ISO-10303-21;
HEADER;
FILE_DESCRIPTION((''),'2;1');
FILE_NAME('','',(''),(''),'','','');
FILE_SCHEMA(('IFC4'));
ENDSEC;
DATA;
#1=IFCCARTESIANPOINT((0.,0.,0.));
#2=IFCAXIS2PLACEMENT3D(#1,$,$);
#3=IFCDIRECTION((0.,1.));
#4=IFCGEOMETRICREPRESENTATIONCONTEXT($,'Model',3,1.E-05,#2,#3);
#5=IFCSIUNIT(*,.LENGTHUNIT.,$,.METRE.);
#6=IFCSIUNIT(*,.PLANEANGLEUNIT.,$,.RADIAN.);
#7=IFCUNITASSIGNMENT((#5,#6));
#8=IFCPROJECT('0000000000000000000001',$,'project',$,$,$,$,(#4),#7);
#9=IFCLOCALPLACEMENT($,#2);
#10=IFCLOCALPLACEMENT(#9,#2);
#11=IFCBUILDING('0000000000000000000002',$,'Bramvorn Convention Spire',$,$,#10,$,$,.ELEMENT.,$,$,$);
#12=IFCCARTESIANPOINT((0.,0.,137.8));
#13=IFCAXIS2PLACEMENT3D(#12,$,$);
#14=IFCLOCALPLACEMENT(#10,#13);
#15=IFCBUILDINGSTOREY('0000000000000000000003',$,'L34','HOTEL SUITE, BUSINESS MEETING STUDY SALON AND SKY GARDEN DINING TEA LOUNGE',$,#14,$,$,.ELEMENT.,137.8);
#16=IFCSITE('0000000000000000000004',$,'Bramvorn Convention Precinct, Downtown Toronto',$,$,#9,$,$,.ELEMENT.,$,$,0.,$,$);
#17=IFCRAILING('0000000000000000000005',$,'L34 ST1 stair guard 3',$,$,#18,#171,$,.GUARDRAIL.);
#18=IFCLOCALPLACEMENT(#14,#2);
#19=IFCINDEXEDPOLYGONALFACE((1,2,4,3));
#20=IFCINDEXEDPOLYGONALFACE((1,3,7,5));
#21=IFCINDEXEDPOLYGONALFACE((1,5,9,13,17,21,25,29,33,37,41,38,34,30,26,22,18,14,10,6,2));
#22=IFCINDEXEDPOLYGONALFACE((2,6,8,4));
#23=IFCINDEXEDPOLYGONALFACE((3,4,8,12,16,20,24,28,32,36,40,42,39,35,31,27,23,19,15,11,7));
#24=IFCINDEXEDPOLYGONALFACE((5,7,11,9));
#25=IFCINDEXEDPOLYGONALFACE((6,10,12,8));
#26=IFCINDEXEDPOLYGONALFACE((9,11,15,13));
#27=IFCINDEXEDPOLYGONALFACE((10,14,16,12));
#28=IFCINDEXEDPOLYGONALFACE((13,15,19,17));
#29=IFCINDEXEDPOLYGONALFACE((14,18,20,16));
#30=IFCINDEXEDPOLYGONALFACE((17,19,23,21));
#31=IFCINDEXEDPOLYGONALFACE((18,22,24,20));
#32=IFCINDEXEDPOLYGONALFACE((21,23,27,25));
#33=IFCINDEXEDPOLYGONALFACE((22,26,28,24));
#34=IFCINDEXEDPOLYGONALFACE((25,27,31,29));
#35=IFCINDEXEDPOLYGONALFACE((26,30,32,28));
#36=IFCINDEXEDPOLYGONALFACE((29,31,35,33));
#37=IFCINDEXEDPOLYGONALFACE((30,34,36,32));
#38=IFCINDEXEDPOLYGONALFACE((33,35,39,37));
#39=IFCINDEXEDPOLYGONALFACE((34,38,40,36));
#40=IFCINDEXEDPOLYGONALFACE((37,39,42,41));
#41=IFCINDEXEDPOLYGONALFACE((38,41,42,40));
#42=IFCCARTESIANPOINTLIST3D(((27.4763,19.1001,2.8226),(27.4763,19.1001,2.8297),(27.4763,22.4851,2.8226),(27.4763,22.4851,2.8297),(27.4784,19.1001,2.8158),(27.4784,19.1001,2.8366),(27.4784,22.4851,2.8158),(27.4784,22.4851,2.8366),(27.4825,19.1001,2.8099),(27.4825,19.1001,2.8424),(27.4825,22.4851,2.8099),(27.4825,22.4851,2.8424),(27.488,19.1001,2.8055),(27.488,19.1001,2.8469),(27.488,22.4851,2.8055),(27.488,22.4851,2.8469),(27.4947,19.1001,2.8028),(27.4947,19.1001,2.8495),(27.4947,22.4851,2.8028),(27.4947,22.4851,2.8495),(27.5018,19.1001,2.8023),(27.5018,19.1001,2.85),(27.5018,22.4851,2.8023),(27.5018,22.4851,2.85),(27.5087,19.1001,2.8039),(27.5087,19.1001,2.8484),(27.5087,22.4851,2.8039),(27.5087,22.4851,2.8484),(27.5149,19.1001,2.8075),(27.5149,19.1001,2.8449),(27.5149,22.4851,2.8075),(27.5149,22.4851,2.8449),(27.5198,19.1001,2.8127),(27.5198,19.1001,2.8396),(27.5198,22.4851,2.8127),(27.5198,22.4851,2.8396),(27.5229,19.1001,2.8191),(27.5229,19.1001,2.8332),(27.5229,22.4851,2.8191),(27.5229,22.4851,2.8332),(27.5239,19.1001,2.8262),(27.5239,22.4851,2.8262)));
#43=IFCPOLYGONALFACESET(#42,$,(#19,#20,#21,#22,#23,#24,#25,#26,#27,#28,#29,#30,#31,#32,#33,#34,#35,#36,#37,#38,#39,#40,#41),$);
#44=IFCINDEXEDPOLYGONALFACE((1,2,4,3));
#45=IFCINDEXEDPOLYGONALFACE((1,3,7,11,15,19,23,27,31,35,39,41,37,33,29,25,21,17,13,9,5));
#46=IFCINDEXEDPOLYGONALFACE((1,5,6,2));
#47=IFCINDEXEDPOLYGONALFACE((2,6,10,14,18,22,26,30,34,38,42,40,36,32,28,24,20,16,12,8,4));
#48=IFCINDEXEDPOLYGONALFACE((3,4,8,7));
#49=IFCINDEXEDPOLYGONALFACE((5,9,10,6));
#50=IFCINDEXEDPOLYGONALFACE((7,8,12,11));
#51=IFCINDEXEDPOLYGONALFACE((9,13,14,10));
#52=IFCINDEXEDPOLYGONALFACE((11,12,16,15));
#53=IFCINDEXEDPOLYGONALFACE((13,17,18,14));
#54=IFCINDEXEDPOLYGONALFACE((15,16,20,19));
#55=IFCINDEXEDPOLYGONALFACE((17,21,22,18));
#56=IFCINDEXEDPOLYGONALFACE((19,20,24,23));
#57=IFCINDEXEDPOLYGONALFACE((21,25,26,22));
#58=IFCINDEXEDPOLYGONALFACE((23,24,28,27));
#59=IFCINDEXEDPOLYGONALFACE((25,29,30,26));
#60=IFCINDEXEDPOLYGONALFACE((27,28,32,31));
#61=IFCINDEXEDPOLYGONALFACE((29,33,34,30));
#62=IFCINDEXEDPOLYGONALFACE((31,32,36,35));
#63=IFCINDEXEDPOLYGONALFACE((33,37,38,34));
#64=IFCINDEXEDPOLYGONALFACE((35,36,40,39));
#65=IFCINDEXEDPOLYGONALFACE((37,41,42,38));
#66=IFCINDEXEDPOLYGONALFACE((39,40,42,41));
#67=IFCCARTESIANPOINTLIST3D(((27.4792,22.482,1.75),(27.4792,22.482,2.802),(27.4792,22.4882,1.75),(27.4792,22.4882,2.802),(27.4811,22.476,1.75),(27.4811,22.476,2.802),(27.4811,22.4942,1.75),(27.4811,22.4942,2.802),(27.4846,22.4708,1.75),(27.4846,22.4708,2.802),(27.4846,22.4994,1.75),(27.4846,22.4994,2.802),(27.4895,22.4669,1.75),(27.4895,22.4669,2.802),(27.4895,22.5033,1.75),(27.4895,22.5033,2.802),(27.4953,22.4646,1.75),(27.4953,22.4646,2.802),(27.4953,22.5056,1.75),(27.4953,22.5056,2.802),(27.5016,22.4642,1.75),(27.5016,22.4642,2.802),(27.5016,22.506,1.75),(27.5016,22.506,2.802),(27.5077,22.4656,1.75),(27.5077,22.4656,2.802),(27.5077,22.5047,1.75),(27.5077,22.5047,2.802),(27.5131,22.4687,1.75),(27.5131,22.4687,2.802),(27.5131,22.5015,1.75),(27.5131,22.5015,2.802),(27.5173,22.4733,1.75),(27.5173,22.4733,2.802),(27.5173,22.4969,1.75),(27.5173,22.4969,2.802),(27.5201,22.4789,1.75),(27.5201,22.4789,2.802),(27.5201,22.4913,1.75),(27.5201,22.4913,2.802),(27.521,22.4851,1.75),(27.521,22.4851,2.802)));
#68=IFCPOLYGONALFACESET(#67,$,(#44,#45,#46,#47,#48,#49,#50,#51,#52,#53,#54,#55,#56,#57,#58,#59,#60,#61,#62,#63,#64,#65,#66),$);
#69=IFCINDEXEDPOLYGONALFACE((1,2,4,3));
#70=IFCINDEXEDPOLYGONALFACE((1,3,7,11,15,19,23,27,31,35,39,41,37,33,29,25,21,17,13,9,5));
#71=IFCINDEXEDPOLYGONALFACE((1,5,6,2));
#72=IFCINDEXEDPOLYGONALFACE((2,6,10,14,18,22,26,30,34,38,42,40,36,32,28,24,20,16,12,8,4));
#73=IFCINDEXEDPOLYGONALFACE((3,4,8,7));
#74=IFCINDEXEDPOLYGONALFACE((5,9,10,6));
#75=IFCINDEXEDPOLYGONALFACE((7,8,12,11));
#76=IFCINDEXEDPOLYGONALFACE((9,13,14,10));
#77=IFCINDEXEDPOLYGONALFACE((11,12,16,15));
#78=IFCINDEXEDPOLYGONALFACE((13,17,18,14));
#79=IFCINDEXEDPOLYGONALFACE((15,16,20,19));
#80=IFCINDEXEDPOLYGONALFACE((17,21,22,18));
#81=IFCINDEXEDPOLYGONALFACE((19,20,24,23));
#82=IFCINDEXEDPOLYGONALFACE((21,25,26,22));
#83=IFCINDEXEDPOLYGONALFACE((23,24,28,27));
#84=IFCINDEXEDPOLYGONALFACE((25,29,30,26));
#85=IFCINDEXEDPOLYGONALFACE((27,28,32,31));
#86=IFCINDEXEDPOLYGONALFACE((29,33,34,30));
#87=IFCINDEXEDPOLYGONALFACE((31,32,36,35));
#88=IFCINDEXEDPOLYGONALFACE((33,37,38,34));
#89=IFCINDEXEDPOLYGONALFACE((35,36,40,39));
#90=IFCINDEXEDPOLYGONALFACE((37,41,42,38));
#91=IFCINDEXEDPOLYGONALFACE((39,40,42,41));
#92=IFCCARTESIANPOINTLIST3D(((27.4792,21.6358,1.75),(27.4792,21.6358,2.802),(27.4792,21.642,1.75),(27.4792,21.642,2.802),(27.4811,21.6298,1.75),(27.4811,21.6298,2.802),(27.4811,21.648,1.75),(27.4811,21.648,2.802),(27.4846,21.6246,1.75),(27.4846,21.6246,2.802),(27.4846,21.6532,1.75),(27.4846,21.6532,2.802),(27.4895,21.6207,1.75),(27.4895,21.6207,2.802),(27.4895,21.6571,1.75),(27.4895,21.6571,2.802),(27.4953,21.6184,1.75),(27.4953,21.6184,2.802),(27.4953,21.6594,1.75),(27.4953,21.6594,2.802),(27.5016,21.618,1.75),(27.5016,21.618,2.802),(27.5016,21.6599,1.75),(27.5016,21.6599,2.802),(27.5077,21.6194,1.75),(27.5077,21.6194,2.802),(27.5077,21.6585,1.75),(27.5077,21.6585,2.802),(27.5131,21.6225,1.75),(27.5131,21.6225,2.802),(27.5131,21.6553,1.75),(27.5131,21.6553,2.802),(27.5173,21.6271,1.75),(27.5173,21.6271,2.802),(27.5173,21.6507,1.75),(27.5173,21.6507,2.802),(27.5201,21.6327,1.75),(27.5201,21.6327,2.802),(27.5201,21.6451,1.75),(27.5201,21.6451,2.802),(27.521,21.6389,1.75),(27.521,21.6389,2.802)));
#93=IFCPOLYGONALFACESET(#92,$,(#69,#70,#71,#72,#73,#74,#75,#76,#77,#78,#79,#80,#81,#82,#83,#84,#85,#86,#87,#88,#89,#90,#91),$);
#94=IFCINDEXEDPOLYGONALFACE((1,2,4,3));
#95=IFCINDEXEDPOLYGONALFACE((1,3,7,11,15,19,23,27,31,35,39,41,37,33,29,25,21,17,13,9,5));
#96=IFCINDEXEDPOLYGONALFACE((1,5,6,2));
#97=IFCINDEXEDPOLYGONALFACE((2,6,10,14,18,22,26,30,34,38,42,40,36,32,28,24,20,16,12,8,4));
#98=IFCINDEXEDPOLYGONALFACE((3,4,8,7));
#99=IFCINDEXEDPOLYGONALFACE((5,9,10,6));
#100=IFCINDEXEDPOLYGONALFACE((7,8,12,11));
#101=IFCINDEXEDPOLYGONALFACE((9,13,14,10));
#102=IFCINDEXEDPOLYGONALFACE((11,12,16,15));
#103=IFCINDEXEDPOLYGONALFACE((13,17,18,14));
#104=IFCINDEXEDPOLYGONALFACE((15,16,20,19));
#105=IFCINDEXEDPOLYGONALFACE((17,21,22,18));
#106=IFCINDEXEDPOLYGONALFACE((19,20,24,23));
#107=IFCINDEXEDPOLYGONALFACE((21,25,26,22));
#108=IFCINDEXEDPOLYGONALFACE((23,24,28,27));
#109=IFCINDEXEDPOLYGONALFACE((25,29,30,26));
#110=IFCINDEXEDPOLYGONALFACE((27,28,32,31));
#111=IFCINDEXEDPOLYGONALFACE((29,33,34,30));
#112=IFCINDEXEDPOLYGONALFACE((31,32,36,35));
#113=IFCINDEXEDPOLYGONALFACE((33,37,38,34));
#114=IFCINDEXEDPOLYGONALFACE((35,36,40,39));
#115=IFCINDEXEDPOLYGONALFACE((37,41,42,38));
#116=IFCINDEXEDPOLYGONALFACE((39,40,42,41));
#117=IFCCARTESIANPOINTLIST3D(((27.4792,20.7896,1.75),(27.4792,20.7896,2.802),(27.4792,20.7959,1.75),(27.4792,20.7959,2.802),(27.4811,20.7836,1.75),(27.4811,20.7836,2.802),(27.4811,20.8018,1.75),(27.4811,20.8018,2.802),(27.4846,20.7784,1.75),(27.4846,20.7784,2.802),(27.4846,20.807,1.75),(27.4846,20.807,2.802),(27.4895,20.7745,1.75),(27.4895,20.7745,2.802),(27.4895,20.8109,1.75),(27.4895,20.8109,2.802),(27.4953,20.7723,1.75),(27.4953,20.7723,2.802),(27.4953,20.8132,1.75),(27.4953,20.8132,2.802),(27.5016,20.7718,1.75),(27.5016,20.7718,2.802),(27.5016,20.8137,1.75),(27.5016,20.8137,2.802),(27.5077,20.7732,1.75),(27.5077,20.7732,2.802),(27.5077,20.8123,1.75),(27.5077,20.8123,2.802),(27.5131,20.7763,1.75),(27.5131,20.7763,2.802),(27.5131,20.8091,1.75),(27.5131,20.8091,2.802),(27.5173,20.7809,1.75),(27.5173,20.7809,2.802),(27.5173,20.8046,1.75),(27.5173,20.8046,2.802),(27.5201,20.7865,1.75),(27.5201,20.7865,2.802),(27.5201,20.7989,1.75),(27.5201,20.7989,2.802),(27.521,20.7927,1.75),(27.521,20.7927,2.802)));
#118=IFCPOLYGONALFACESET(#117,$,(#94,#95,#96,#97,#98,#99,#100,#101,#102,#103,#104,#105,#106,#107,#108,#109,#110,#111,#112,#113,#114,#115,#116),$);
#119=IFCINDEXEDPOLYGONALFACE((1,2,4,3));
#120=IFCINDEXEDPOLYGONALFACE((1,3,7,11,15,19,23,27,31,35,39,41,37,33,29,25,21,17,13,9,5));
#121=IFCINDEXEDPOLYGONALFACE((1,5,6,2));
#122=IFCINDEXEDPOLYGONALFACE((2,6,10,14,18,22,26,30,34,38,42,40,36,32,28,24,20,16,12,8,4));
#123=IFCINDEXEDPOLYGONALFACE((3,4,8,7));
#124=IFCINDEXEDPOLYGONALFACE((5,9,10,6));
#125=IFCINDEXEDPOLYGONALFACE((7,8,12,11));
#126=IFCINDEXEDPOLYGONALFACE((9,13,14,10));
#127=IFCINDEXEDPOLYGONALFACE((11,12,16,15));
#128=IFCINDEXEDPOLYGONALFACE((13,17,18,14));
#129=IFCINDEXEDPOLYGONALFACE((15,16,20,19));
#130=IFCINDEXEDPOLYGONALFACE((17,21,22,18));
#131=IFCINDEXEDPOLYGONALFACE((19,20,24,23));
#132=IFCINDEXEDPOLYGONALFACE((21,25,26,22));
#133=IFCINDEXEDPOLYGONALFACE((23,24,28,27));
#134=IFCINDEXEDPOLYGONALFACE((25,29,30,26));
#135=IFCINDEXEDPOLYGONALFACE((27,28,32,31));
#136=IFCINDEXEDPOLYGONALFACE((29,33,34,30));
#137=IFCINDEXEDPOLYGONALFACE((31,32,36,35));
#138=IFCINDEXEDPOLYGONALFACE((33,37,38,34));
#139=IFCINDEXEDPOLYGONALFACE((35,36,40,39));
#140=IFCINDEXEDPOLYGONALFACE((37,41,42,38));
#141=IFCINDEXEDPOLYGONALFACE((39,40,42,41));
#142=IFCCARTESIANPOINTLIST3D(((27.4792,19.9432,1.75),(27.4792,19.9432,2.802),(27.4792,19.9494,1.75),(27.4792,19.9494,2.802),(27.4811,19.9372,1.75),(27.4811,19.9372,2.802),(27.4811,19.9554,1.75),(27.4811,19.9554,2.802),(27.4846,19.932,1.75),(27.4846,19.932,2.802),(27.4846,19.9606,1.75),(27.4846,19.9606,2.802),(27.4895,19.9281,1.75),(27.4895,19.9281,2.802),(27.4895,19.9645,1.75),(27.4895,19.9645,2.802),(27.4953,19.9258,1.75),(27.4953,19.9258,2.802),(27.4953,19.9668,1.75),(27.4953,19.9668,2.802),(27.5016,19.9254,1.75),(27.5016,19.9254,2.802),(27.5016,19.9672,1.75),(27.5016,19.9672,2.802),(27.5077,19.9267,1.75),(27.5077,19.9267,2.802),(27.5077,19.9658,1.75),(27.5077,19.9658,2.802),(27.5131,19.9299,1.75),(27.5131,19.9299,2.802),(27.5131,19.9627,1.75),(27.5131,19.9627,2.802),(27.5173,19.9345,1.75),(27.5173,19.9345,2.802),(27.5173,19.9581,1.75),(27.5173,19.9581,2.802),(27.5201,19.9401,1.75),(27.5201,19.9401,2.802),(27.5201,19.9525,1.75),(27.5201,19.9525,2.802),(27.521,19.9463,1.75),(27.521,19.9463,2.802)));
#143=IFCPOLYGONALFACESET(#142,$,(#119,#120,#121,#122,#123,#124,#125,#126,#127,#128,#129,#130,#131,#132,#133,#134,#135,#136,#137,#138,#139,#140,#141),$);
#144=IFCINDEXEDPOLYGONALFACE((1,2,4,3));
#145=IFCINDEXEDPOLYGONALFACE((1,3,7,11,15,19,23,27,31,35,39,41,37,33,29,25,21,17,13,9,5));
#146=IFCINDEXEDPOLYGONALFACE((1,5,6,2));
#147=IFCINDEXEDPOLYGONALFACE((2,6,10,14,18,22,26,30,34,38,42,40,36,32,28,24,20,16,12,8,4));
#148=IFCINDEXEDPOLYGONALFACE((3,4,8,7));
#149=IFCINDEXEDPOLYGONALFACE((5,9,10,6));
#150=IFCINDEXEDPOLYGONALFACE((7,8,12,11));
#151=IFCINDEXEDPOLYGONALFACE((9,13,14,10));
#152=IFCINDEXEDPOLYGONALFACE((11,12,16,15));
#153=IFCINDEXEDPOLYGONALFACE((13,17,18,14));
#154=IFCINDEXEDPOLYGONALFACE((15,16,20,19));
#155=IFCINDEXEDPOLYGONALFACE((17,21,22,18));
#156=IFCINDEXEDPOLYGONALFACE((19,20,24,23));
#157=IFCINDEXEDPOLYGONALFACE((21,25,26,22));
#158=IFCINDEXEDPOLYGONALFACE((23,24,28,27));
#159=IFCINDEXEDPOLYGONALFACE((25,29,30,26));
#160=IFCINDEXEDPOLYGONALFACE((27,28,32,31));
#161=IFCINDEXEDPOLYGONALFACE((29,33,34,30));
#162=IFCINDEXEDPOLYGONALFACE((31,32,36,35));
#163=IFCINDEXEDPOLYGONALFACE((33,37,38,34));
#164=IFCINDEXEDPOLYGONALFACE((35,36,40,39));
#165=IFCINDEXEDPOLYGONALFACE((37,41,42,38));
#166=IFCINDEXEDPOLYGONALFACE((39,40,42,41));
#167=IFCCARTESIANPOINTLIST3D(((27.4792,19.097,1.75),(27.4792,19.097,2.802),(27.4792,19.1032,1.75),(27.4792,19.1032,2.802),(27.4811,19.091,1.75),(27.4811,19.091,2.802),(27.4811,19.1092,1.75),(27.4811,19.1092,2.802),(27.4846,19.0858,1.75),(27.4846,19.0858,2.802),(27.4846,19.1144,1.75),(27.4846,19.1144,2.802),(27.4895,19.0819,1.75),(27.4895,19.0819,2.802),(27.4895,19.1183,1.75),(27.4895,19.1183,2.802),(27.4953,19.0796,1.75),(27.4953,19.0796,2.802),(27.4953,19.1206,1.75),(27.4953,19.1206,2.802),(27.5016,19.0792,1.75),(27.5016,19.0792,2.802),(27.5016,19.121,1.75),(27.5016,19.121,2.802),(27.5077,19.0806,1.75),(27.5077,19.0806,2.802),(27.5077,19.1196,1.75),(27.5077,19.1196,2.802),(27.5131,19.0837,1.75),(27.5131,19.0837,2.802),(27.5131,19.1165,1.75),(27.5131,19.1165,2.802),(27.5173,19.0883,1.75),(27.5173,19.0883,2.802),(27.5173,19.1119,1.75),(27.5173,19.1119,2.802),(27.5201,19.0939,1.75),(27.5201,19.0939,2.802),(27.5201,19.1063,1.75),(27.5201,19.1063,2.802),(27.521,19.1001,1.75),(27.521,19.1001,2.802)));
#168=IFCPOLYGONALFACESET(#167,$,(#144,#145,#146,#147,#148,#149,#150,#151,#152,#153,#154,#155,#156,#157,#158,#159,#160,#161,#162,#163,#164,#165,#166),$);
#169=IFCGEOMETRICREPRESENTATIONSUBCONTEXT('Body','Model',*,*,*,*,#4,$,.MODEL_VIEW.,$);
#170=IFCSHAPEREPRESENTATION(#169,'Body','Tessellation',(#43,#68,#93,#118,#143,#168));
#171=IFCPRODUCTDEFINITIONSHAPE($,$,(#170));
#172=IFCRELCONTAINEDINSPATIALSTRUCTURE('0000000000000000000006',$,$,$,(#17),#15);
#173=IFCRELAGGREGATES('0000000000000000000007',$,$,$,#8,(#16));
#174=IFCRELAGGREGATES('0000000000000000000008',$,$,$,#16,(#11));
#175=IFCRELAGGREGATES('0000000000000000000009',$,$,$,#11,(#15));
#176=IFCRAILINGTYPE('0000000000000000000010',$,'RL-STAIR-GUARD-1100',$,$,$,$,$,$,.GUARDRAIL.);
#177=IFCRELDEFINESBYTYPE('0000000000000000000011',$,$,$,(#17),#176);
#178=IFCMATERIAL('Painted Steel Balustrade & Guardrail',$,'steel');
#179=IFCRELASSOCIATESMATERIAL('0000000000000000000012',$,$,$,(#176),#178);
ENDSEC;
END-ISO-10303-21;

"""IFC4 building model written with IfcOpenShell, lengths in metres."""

from ifc_helpers import new_model, si_unit, direction, frame, origin, origin_2d, place, context, subcontext, project, spatial, circle, extrude, material, type_object, element, save


model = new_model("IFC4")

# Units and contexts
model_context = context("Model", 3, precision=1e-05, world=origin(), true_north=direction((0.0, 1.0)))
body_context = subcontext(model_context, "Body", "Model", "MODEL_VIEW")
ifc_project = project(units=[si_unit("LENGTHUNIT", "METRE"), si_unit("PLANEANGLEUNIT", "RADIAN")], contexts=[model_context])

# Site, building, storey
site_placement = place(None, origin())
site = spatial("IfcSite", under=ifc_project, at=site_placement, Name="Bramvorn Convention Precinct, Downtown Toronto", CompositionType="ELEMENT", RefElevation=0.0)
building_placement = place(site_placement, origin())
building = spatial("IfcBuilding", under=site, at=building_placement, Name="Bramvorn Convention Spire", CompositionType="ELEMENT")
storey_placement = place(building_placement, frame((0.0, 0.0, 137.8)))
storey = spatial("IfcBuildingStorey", under=building, at=storey_placement, Name="L34", Description="HOTEL SUITE, BUSINESS MEETING STUDY SALON AND SKY GARDEN DINING TEA LOUNGE", CompositionType="ELEMENT", Elevation=137.8)

# Railing
ifc_material_1 = material(Name="Painted Steel Balustrade & Guardrail", Category="steel")
railing_type = type_object("IfcRailingType", Name="RL-STAIR-GUARD-1100", PredefinedType="GUARDRAIL", material=ifc_material_1)
railing_1_placement = place(storey_placement, frame((27.5, 22.4851, 1.75)))
element("IfcRailing", 1, at=railing_1_placement, inside=storey, type_object=railing_type, Name="L34 ST1 stair guard 3", PredefinedType="GUARDRAIL", context=body_context, shape_type="SweptSolid", body=[
    extrude(circle(Radius=0.0239, at=origin_2d()), frame((0.0, 0.0, 1.0762), z_axis=(0.0, -1.0, 0.0), x_axis=(1.0, 0.0, 0.0)), (0.0, 0.0, 1.0), 3.385),
    extrude(circle(Radius=0.021, at=origin_2d()), origin(), (0.0, 0.0, 1.0), 1.052),
    extrude(circle(Radius=0.021, at=origin_2d()), frame((0.0, -0.8462, 0.0)), (0.0, 0.0, 1.0), 1.052),
    extrude(circle(Radius=0.021, at=origin_2d()), frame((0.0, -1.6924, 0.0)), (0.0, 0.0, 1.0), 1.052),
    extrude(circle(Radius=0.021, at=origin_2d()), frame((0.0, -2.5388, 0.0)), (0.0, 0.0, 1.0), 1.052),
    extrude(circle(Radius=0.021, at=origin_2d()), frame((0.0, -3.385, 0.0)), (0.0, 0.0, 1.0), 1.052),
])

save(model, "model.ifc")
